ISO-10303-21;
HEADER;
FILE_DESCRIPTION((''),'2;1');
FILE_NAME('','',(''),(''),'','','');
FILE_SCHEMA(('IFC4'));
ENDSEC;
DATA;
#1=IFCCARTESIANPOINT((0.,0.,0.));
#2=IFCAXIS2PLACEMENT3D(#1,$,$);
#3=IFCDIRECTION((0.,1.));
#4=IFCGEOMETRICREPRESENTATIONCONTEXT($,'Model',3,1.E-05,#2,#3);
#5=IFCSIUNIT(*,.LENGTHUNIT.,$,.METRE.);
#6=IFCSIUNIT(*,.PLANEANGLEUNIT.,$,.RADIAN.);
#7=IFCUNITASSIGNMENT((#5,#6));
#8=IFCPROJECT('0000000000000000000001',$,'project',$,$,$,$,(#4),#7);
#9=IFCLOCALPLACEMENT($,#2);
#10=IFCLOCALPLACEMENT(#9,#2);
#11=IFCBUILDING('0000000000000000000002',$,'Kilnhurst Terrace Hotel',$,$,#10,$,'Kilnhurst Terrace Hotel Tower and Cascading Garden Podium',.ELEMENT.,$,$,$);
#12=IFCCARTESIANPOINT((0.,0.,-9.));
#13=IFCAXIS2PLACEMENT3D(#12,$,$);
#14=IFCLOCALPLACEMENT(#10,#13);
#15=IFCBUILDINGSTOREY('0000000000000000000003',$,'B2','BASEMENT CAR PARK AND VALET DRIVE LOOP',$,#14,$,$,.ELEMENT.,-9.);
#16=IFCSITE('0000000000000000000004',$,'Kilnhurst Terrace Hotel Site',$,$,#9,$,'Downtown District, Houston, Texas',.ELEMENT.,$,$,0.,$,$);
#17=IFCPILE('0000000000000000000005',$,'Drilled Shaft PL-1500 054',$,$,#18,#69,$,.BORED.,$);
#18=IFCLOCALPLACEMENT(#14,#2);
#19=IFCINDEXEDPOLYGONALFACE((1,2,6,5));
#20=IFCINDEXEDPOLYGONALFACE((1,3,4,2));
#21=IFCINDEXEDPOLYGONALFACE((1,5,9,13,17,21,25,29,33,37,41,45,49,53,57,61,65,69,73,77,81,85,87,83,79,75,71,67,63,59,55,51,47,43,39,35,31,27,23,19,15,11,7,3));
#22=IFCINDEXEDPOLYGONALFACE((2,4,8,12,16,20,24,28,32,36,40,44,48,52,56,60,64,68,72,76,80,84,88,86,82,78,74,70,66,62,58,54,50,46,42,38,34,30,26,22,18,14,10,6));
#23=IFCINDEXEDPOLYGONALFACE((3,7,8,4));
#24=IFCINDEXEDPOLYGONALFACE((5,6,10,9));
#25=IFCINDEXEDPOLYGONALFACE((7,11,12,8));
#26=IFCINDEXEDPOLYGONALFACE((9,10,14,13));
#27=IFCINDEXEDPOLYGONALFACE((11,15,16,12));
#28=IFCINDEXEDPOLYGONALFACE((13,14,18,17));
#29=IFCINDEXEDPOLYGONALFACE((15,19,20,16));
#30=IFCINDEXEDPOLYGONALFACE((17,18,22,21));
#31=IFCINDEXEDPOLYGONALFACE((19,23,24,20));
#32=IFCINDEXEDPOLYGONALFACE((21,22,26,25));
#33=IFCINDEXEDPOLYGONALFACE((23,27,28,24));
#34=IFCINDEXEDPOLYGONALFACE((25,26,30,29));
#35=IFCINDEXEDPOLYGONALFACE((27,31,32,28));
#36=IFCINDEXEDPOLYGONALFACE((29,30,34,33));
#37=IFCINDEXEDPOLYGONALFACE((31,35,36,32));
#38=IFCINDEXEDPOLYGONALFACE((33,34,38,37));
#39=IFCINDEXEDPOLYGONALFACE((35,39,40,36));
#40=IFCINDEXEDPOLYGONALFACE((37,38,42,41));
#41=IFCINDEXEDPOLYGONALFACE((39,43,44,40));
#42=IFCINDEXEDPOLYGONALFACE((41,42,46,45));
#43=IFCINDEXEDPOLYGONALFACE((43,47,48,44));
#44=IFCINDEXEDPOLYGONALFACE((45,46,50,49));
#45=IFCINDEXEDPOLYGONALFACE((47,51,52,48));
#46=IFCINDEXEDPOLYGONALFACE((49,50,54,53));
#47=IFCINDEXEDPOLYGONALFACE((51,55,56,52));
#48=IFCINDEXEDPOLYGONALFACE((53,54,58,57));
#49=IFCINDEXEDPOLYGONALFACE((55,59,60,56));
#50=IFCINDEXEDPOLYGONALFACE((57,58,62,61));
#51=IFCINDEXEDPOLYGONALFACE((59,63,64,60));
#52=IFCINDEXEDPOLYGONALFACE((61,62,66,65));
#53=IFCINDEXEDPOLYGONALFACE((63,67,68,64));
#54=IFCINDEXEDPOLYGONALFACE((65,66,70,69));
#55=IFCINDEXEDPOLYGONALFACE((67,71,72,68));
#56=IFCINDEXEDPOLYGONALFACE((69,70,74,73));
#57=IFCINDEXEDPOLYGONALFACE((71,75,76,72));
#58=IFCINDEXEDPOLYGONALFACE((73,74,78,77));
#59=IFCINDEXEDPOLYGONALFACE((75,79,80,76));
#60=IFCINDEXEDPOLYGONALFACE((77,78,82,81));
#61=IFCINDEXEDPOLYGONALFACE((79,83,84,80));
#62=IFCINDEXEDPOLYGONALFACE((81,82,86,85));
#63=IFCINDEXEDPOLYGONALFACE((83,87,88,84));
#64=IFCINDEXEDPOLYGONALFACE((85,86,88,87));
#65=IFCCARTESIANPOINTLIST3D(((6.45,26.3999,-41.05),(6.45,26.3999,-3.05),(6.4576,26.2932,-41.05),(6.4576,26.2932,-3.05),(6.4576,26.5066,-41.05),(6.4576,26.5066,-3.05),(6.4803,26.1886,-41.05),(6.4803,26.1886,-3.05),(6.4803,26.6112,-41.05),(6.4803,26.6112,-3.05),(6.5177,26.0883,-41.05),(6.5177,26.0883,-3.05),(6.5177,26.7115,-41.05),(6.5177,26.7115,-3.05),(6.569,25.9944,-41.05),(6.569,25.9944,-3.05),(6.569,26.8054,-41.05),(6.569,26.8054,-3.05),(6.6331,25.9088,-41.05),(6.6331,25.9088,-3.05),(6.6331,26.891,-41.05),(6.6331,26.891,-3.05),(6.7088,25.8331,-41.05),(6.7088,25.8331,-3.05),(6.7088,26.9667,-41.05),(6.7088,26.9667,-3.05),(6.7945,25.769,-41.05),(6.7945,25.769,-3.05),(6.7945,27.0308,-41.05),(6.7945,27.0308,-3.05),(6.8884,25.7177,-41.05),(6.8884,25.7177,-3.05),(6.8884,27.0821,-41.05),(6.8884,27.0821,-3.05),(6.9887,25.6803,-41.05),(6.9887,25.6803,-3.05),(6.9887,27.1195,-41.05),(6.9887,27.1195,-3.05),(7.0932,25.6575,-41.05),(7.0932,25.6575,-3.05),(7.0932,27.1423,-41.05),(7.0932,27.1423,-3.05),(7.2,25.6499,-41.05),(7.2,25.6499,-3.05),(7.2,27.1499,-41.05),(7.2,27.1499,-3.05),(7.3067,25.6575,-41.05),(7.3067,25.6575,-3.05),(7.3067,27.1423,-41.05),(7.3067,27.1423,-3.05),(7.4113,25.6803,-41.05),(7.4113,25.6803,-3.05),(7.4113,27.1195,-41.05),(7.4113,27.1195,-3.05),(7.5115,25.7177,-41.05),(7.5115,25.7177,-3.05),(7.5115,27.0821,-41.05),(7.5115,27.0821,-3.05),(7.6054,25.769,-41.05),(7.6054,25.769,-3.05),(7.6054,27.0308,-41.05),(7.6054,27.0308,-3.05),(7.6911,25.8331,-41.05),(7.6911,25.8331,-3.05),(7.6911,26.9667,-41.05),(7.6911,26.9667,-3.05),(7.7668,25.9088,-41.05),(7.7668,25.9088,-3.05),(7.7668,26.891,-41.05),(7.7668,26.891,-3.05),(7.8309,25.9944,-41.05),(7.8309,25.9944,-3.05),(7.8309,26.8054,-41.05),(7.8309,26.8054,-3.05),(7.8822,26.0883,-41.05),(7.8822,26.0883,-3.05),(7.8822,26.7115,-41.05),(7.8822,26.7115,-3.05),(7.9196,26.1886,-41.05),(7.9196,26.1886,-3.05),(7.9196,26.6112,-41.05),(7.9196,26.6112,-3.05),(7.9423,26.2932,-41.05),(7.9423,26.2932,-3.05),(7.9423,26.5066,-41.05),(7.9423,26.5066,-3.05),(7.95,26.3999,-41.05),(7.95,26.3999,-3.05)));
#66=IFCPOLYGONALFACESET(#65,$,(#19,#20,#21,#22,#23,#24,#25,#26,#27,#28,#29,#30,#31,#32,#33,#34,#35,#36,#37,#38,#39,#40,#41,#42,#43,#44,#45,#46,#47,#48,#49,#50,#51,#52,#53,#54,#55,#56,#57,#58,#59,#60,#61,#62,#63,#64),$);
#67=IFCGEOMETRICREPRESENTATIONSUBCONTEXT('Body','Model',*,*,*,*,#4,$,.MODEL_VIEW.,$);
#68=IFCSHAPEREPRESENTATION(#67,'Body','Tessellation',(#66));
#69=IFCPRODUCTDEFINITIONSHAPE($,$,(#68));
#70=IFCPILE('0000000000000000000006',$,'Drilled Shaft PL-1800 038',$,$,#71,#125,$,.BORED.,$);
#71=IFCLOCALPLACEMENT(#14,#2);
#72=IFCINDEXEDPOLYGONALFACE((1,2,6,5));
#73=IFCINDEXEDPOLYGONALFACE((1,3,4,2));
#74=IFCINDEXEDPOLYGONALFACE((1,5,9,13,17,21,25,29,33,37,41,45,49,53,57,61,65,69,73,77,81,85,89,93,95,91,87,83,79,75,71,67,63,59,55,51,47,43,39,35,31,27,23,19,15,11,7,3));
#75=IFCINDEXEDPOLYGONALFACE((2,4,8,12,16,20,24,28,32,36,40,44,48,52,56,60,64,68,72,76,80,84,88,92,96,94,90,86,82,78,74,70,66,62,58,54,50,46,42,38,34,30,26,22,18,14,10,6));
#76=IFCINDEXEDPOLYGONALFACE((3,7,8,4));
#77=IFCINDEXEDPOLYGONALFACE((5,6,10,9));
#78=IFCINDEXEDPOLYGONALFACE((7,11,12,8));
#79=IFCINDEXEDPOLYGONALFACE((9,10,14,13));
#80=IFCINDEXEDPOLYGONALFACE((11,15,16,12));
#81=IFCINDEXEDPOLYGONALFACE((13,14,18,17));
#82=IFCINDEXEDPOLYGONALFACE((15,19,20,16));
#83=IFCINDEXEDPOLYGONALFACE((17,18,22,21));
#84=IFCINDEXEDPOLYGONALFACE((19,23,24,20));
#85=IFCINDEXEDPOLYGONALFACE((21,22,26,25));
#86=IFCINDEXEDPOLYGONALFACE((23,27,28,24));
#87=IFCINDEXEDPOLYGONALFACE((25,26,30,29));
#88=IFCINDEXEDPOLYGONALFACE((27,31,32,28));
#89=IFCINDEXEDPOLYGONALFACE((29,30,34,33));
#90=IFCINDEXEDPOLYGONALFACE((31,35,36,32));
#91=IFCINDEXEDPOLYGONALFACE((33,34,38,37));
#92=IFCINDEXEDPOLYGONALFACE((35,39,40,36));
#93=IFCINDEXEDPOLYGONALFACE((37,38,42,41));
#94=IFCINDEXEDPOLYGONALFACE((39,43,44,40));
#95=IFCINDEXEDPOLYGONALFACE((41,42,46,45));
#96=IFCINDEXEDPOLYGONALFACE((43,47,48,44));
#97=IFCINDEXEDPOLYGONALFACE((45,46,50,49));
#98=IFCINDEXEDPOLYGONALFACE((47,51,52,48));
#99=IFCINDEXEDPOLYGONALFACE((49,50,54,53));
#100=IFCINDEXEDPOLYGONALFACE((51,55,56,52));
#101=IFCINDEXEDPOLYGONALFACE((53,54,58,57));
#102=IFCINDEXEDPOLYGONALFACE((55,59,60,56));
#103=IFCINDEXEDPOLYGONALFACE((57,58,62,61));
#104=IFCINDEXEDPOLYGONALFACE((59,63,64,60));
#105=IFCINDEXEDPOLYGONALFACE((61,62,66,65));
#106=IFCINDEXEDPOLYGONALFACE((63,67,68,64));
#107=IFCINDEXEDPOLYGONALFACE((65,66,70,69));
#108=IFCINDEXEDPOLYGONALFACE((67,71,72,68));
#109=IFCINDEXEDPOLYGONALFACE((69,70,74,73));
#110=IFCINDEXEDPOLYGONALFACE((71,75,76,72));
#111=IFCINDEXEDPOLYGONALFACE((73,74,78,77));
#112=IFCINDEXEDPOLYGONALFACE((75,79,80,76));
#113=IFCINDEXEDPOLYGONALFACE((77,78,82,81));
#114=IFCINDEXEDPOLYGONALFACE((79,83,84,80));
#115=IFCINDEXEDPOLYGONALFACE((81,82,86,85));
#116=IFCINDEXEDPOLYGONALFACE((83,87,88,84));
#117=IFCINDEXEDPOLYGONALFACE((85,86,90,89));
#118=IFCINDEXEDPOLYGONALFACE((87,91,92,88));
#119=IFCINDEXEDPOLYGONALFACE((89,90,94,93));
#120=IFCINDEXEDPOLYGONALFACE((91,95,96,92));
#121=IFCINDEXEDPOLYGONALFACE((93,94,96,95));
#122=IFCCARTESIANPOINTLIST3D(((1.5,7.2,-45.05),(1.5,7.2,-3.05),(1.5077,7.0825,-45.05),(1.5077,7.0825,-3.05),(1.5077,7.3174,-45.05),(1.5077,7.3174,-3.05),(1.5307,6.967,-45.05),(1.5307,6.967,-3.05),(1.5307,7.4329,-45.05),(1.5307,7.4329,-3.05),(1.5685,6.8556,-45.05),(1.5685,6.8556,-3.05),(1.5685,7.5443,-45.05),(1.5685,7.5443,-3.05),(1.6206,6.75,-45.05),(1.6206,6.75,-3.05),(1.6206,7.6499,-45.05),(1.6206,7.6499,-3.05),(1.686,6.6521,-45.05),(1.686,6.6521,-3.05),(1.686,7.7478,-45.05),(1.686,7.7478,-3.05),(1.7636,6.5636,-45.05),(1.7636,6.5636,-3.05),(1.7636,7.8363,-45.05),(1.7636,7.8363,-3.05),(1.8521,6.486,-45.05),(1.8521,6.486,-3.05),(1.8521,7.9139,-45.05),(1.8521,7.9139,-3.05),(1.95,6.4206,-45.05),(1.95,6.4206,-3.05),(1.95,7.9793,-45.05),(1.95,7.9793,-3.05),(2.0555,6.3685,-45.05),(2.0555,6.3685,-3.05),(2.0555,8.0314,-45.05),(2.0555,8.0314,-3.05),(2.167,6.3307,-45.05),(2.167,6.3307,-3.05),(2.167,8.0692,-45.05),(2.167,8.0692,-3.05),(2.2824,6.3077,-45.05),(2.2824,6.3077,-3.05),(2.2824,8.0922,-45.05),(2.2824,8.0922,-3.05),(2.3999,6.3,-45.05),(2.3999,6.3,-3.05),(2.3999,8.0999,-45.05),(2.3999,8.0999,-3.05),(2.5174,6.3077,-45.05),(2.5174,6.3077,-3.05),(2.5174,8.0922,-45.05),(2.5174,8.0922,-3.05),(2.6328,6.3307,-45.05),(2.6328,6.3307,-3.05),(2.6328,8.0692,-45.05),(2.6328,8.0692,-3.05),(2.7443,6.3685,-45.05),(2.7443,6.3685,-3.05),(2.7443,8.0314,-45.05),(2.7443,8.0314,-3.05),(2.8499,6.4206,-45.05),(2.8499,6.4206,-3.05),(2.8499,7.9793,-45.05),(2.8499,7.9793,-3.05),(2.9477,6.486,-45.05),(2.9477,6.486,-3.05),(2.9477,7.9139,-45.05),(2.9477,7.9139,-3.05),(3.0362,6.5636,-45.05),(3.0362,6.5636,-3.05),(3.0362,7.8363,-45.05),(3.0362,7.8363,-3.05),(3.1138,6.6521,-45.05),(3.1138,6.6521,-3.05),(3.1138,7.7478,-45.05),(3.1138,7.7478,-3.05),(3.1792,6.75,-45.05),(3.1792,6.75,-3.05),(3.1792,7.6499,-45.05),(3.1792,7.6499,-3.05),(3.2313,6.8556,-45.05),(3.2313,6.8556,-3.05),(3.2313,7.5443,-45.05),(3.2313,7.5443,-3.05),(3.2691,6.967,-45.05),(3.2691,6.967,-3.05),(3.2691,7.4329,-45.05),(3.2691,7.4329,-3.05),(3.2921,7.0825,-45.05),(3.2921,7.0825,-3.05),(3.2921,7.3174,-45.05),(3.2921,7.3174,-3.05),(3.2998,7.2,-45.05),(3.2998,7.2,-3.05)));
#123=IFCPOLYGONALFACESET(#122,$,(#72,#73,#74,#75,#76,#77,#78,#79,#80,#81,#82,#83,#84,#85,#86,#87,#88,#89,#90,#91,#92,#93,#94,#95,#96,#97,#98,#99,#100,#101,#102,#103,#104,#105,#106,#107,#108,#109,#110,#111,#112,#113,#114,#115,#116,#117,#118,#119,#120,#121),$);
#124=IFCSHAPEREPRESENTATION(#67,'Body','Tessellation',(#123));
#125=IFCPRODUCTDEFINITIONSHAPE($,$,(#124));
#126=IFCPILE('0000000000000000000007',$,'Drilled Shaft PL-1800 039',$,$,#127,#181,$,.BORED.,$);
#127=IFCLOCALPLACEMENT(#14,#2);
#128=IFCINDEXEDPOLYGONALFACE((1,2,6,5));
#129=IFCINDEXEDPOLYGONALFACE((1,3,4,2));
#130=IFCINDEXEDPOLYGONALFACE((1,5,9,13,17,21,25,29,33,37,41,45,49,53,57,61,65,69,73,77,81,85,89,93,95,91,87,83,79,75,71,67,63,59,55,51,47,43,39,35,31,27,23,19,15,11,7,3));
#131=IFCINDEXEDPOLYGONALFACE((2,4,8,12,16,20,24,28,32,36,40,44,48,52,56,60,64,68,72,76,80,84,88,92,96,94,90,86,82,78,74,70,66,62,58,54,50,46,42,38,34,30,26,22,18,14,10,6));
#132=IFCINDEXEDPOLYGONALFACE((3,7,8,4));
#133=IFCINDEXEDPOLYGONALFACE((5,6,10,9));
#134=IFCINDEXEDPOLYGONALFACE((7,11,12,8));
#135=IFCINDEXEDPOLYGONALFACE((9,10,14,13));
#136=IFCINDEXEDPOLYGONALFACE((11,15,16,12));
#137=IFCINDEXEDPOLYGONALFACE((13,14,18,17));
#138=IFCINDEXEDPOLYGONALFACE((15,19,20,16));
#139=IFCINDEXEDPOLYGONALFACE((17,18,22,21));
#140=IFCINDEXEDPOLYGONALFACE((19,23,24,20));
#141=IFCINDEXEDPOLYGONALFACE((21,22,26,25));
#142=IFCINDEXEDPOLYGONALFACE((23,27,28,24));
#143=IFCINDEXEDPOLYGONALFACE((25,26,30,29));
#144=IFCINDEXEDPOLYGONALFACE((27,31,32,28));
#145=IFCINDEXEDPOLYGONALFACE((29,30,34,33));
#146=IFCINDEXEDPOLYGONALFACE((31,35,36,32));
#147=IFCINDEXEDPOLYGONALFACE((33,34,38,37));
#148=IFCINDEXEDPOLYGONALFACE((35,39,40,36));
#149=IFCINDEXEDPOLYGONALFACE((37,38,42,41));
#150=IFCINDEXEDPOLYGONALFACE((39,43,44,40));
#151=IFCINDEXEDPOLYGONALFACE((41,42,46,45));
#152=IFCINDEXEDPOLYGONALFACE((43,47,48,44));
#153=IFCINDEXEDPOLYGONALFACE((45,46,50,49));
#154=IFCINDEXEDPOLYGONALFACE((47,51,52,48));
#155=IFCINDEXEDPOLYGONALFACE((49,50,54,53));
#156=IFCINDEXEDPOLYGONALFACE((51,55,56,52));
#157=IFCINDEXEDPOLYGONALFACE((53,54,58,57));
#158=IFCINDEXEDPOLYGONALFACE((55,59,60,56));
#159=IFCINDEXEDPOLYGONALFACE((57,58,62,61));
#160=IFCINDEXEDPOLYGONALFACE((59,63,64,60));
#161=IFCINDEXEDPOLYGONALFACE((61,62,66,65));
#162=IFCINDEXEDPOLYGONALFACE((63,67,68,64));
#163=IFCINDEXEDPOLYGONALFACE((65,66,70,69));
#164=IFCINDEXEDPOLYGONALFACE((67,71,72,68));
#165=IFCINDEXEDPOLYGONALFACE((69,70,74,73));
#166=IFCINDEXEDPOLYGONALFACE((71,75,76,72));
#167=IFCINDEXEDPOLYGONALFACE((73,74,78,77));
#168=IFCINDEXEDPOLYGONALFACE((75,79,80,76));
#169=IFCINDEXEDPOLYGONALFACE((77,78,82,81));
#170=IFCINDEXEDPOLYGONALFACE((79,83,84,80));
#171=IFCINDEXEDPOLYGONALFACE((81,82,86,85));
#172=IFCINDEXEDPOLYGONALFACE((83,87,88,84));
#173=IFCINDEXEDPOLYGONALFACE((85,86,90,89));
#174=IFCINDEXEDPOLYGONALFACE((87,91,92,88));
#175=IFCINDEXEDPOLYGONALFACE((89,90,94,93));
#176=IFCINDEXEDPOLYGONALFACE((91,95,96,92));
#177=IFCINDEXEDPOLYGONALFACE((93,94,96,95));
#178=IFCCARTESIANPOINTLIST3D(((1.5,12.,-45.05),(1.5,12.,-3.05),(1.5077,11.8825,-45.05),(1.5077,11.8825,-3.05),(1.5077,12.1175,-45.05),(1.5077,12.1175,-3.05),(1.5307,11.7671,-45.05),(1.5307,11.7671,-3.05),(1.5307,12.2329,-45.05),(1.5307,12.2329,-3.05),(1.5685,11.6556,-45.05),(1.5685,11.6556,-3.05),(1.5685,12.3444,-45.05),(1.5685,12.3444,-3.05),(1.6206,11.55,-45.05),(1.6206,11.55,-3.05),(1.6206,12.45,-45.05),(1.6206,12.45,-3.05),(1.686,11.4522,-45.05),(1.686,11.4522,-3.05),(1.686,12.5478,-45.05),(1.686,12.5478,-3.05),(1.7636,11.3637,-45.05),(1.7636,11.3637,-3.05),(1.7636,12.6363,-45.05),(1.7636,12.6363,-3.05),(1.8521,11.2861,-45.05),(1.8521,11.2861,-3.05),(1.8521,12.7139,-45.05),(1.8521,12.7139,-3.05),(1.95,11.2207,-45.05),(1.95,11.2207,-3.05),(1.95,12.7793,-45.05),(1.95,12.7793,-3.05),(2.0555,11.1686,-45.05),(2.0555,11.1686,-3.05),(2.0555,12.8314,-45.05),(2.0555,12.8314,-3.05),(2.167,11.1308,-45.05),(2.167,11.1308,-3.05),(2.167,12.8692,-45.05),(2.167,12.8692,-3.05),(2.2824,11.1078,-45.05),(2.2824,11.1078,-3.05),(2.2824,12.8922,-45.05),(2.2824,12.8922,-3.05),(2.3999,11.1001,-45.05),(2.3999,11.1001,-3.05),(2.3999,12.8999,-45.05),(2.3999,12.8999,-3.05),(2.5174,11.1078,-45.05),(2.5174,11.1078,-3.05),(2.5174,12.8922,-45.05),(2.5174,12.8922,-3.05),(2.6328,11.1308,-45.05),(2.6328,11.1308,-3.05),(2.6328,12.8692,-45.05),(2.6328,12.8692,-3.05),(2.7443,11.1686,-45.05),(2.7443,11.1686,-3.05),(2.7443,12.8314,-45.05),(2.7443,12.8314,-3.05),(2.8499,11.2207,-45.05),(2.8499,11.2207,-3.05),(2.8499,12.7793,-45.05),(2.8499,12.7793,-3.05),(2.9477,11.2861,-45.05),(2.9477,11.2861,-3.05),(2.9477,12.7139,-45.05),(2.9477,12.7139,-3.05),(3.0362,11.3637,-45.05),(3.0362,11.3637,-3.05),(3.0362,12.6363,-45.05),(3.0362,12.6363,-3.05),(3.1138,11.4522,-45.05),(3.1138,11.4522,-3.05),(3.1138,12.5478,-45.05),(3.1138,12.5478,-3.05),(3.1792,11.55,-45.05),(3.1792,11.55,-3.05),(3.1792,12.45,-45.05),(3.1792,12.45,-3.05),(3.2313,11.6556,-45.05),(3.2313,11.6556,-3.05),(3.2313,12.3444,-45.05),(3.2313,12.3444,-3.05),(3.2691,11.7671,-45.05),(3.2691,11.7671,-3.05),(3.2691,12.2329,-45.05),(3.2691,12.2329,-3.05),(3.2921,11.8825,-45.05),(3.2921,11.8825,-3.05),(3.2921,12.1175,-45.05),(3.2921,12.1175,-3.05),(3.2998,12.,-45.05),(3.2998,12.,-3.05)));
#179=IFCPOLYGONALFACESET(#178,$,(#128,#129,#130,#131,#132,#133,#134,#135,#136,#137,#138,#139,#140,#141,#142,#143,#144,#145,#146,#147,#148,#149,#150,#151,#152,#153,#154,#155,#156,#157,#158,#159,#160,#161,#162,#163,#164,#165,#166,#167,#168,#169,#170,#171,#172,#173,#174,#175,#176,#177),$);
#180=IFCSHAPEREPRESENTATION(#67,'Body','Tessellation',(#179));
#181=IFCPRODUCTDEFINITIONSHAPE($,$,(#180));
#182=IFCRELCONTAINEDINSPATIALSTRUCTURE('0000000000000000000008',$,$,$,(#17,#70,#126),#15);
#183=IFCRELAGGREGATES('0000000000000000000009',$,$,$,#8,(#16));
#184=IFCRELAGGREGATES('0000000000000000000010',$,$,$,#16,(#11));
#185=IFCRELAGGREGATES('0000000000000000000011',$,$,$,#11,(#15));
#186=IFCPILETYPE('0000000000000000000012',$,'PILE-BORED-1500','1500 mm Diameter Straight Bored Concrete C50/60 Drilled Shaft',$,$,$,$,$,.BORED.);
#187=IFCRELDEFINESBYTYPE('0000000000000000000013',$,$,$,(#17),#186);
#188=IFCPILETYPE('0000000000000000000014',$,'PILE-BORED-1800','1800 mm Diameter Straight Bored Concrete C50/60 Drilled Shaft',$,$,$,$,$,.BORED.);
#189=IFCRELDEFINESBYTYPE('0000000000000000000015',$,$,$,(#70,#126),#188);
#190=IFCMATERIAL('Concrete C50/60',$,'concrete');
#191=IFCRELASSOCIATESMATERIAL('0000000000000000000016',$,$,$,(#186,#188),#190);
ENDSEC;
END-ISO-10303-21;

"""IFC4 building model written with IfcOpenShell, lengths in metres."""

from ifc_helpers import new_model, si_unit, direction, frame, origin, origin_2d, place, context, subcontext, project, spatial, circle, extrude, material, material_profile, profile_set, type_object, element, save


model = new_model("IFC4")

# Units and contexts
model_context = context("Model", 3, precision=1e-05, world=origin(), true_north=direction((0.0, 1.0)))
body_context = subcontext(model_context, "Body", "Model", "MODEL_VIEW")
ifc_project = project(units=[si_unit("LENGTHUNIT", "METRE"), si_unit("PLANEANGLEUNIT", "RADIAN")], contexts=[model_context])

# Site, building, storey
site_placement = place(None, origin())
site = spatial("IfcSite", under=ifc_project, at=site_placement, Name="Kilnhurst Terrace Hotel Site", LongName="Downtown District, Houston, Texas", CompositionType="ELEMENT", RefElevation=0.0)
building_placement = place(site_placement, origin())
building = spatial("IfcBuilding", under=site, at=building_placement, Name="Kilnhurst Terrace Hotel", LongName="Kilnhurst Terrace Hotel Tower and Cascading Garden Podium", CompositionType="ELEMENT")
storey_placement = place(building_placement, frame((0.0, 0.0, -9.0)))
storey = spatial("IfcBuildingStorey", under=building, at=storey_placement, Name="B2", Description="BASEMENT CAR PARK AND VALET DRIVE LOOP", CompositionType="ELEMENT", Elevation=-9.0)

# Piles
ifc_material_1 = material(Name="Concrete C50/60", Category="concrete")
ifc_material_profile_1 = material_profile(ifc_material_1, circle(Radius=0.75, at=origin_2d()), Name="PILE1500")
ifc_profile_set_1 = profile_set([ifc_material_profile_1], Name="Concrete C50/60")
pile_type_1 = type_object("IfcPileType", Name="PILE-BORED-1500", Description="1500 mm Diameter Straight Bored Concrete C50/60 Drilled Shaft", PredefinedType="BORED", material=ifc_profile_set_1)
for number, where, z_axis, x_axis, name in (
    (1, (7.2, 26.3999, -3.05), (0.0, 0.0, -1.0), (1.0, 0.0, 0.0), "Drilled Shaft PL-1500 054"),
):
    element("IfcPile", number, at=place(storey_placement, frame(where, z_axis=z_axis, x_axis=x_axis)), inside=storey, type_object=pile_type_1, Name=name, PredefinedType="BORED", context=body_context, shape_type="SweptSolid", body=[
        extrude(circle(Radius=0.75, at=origin_2d()), origin(), (0.0, 0.0, 1.0), 38.0),
    ])
ifc_material_profile_2 = material_profile(ifc_material_1, circle(Radius=0.8999, at=origin_2d()), Name="PILE1800")
ifc_profile_set_2 = profile_set([ifc_material_profile_2], Name="Concrete C50/60")
pile_type_2 = type_object("IfcPileType", Name="PILE-BORED-1800", Description="1800 mm Diameter Straight Bored Concrete C50/60 Drilled Shaft", PredefinedType="BORED", material=ifc_profile_set_2)
for number, where, z_axis, x_axis, name in (
    (2, (2.3999, 7.2, -3.05), (0.0, 0.0, -1.0), (1.0, 0.0, 0.0), "Drilled Shaft PL-1800 038"),
    (3, (2.3999, 12.0, -3.05), (0.0, 0.0, -1.0), (1.0, 0.0, 0.0), "Drilled Shaft PL-1800 039"),
):
    element("IfcPile", number, at=place(storey_placement, frame(where, z_axis=z_axis, x_axis=x_axis)), inside=storey, type_object=pile_type_2, Name=name, PredefinedType="BORED", context=body_context, shape_type="SweptSolid", body=[
        extrude(circle(Radius=0.8999, at=origin_2d()), origin(), (0.0, 0.0, 1.0), 42.0),
    ])

save(model, "model.ifc")
